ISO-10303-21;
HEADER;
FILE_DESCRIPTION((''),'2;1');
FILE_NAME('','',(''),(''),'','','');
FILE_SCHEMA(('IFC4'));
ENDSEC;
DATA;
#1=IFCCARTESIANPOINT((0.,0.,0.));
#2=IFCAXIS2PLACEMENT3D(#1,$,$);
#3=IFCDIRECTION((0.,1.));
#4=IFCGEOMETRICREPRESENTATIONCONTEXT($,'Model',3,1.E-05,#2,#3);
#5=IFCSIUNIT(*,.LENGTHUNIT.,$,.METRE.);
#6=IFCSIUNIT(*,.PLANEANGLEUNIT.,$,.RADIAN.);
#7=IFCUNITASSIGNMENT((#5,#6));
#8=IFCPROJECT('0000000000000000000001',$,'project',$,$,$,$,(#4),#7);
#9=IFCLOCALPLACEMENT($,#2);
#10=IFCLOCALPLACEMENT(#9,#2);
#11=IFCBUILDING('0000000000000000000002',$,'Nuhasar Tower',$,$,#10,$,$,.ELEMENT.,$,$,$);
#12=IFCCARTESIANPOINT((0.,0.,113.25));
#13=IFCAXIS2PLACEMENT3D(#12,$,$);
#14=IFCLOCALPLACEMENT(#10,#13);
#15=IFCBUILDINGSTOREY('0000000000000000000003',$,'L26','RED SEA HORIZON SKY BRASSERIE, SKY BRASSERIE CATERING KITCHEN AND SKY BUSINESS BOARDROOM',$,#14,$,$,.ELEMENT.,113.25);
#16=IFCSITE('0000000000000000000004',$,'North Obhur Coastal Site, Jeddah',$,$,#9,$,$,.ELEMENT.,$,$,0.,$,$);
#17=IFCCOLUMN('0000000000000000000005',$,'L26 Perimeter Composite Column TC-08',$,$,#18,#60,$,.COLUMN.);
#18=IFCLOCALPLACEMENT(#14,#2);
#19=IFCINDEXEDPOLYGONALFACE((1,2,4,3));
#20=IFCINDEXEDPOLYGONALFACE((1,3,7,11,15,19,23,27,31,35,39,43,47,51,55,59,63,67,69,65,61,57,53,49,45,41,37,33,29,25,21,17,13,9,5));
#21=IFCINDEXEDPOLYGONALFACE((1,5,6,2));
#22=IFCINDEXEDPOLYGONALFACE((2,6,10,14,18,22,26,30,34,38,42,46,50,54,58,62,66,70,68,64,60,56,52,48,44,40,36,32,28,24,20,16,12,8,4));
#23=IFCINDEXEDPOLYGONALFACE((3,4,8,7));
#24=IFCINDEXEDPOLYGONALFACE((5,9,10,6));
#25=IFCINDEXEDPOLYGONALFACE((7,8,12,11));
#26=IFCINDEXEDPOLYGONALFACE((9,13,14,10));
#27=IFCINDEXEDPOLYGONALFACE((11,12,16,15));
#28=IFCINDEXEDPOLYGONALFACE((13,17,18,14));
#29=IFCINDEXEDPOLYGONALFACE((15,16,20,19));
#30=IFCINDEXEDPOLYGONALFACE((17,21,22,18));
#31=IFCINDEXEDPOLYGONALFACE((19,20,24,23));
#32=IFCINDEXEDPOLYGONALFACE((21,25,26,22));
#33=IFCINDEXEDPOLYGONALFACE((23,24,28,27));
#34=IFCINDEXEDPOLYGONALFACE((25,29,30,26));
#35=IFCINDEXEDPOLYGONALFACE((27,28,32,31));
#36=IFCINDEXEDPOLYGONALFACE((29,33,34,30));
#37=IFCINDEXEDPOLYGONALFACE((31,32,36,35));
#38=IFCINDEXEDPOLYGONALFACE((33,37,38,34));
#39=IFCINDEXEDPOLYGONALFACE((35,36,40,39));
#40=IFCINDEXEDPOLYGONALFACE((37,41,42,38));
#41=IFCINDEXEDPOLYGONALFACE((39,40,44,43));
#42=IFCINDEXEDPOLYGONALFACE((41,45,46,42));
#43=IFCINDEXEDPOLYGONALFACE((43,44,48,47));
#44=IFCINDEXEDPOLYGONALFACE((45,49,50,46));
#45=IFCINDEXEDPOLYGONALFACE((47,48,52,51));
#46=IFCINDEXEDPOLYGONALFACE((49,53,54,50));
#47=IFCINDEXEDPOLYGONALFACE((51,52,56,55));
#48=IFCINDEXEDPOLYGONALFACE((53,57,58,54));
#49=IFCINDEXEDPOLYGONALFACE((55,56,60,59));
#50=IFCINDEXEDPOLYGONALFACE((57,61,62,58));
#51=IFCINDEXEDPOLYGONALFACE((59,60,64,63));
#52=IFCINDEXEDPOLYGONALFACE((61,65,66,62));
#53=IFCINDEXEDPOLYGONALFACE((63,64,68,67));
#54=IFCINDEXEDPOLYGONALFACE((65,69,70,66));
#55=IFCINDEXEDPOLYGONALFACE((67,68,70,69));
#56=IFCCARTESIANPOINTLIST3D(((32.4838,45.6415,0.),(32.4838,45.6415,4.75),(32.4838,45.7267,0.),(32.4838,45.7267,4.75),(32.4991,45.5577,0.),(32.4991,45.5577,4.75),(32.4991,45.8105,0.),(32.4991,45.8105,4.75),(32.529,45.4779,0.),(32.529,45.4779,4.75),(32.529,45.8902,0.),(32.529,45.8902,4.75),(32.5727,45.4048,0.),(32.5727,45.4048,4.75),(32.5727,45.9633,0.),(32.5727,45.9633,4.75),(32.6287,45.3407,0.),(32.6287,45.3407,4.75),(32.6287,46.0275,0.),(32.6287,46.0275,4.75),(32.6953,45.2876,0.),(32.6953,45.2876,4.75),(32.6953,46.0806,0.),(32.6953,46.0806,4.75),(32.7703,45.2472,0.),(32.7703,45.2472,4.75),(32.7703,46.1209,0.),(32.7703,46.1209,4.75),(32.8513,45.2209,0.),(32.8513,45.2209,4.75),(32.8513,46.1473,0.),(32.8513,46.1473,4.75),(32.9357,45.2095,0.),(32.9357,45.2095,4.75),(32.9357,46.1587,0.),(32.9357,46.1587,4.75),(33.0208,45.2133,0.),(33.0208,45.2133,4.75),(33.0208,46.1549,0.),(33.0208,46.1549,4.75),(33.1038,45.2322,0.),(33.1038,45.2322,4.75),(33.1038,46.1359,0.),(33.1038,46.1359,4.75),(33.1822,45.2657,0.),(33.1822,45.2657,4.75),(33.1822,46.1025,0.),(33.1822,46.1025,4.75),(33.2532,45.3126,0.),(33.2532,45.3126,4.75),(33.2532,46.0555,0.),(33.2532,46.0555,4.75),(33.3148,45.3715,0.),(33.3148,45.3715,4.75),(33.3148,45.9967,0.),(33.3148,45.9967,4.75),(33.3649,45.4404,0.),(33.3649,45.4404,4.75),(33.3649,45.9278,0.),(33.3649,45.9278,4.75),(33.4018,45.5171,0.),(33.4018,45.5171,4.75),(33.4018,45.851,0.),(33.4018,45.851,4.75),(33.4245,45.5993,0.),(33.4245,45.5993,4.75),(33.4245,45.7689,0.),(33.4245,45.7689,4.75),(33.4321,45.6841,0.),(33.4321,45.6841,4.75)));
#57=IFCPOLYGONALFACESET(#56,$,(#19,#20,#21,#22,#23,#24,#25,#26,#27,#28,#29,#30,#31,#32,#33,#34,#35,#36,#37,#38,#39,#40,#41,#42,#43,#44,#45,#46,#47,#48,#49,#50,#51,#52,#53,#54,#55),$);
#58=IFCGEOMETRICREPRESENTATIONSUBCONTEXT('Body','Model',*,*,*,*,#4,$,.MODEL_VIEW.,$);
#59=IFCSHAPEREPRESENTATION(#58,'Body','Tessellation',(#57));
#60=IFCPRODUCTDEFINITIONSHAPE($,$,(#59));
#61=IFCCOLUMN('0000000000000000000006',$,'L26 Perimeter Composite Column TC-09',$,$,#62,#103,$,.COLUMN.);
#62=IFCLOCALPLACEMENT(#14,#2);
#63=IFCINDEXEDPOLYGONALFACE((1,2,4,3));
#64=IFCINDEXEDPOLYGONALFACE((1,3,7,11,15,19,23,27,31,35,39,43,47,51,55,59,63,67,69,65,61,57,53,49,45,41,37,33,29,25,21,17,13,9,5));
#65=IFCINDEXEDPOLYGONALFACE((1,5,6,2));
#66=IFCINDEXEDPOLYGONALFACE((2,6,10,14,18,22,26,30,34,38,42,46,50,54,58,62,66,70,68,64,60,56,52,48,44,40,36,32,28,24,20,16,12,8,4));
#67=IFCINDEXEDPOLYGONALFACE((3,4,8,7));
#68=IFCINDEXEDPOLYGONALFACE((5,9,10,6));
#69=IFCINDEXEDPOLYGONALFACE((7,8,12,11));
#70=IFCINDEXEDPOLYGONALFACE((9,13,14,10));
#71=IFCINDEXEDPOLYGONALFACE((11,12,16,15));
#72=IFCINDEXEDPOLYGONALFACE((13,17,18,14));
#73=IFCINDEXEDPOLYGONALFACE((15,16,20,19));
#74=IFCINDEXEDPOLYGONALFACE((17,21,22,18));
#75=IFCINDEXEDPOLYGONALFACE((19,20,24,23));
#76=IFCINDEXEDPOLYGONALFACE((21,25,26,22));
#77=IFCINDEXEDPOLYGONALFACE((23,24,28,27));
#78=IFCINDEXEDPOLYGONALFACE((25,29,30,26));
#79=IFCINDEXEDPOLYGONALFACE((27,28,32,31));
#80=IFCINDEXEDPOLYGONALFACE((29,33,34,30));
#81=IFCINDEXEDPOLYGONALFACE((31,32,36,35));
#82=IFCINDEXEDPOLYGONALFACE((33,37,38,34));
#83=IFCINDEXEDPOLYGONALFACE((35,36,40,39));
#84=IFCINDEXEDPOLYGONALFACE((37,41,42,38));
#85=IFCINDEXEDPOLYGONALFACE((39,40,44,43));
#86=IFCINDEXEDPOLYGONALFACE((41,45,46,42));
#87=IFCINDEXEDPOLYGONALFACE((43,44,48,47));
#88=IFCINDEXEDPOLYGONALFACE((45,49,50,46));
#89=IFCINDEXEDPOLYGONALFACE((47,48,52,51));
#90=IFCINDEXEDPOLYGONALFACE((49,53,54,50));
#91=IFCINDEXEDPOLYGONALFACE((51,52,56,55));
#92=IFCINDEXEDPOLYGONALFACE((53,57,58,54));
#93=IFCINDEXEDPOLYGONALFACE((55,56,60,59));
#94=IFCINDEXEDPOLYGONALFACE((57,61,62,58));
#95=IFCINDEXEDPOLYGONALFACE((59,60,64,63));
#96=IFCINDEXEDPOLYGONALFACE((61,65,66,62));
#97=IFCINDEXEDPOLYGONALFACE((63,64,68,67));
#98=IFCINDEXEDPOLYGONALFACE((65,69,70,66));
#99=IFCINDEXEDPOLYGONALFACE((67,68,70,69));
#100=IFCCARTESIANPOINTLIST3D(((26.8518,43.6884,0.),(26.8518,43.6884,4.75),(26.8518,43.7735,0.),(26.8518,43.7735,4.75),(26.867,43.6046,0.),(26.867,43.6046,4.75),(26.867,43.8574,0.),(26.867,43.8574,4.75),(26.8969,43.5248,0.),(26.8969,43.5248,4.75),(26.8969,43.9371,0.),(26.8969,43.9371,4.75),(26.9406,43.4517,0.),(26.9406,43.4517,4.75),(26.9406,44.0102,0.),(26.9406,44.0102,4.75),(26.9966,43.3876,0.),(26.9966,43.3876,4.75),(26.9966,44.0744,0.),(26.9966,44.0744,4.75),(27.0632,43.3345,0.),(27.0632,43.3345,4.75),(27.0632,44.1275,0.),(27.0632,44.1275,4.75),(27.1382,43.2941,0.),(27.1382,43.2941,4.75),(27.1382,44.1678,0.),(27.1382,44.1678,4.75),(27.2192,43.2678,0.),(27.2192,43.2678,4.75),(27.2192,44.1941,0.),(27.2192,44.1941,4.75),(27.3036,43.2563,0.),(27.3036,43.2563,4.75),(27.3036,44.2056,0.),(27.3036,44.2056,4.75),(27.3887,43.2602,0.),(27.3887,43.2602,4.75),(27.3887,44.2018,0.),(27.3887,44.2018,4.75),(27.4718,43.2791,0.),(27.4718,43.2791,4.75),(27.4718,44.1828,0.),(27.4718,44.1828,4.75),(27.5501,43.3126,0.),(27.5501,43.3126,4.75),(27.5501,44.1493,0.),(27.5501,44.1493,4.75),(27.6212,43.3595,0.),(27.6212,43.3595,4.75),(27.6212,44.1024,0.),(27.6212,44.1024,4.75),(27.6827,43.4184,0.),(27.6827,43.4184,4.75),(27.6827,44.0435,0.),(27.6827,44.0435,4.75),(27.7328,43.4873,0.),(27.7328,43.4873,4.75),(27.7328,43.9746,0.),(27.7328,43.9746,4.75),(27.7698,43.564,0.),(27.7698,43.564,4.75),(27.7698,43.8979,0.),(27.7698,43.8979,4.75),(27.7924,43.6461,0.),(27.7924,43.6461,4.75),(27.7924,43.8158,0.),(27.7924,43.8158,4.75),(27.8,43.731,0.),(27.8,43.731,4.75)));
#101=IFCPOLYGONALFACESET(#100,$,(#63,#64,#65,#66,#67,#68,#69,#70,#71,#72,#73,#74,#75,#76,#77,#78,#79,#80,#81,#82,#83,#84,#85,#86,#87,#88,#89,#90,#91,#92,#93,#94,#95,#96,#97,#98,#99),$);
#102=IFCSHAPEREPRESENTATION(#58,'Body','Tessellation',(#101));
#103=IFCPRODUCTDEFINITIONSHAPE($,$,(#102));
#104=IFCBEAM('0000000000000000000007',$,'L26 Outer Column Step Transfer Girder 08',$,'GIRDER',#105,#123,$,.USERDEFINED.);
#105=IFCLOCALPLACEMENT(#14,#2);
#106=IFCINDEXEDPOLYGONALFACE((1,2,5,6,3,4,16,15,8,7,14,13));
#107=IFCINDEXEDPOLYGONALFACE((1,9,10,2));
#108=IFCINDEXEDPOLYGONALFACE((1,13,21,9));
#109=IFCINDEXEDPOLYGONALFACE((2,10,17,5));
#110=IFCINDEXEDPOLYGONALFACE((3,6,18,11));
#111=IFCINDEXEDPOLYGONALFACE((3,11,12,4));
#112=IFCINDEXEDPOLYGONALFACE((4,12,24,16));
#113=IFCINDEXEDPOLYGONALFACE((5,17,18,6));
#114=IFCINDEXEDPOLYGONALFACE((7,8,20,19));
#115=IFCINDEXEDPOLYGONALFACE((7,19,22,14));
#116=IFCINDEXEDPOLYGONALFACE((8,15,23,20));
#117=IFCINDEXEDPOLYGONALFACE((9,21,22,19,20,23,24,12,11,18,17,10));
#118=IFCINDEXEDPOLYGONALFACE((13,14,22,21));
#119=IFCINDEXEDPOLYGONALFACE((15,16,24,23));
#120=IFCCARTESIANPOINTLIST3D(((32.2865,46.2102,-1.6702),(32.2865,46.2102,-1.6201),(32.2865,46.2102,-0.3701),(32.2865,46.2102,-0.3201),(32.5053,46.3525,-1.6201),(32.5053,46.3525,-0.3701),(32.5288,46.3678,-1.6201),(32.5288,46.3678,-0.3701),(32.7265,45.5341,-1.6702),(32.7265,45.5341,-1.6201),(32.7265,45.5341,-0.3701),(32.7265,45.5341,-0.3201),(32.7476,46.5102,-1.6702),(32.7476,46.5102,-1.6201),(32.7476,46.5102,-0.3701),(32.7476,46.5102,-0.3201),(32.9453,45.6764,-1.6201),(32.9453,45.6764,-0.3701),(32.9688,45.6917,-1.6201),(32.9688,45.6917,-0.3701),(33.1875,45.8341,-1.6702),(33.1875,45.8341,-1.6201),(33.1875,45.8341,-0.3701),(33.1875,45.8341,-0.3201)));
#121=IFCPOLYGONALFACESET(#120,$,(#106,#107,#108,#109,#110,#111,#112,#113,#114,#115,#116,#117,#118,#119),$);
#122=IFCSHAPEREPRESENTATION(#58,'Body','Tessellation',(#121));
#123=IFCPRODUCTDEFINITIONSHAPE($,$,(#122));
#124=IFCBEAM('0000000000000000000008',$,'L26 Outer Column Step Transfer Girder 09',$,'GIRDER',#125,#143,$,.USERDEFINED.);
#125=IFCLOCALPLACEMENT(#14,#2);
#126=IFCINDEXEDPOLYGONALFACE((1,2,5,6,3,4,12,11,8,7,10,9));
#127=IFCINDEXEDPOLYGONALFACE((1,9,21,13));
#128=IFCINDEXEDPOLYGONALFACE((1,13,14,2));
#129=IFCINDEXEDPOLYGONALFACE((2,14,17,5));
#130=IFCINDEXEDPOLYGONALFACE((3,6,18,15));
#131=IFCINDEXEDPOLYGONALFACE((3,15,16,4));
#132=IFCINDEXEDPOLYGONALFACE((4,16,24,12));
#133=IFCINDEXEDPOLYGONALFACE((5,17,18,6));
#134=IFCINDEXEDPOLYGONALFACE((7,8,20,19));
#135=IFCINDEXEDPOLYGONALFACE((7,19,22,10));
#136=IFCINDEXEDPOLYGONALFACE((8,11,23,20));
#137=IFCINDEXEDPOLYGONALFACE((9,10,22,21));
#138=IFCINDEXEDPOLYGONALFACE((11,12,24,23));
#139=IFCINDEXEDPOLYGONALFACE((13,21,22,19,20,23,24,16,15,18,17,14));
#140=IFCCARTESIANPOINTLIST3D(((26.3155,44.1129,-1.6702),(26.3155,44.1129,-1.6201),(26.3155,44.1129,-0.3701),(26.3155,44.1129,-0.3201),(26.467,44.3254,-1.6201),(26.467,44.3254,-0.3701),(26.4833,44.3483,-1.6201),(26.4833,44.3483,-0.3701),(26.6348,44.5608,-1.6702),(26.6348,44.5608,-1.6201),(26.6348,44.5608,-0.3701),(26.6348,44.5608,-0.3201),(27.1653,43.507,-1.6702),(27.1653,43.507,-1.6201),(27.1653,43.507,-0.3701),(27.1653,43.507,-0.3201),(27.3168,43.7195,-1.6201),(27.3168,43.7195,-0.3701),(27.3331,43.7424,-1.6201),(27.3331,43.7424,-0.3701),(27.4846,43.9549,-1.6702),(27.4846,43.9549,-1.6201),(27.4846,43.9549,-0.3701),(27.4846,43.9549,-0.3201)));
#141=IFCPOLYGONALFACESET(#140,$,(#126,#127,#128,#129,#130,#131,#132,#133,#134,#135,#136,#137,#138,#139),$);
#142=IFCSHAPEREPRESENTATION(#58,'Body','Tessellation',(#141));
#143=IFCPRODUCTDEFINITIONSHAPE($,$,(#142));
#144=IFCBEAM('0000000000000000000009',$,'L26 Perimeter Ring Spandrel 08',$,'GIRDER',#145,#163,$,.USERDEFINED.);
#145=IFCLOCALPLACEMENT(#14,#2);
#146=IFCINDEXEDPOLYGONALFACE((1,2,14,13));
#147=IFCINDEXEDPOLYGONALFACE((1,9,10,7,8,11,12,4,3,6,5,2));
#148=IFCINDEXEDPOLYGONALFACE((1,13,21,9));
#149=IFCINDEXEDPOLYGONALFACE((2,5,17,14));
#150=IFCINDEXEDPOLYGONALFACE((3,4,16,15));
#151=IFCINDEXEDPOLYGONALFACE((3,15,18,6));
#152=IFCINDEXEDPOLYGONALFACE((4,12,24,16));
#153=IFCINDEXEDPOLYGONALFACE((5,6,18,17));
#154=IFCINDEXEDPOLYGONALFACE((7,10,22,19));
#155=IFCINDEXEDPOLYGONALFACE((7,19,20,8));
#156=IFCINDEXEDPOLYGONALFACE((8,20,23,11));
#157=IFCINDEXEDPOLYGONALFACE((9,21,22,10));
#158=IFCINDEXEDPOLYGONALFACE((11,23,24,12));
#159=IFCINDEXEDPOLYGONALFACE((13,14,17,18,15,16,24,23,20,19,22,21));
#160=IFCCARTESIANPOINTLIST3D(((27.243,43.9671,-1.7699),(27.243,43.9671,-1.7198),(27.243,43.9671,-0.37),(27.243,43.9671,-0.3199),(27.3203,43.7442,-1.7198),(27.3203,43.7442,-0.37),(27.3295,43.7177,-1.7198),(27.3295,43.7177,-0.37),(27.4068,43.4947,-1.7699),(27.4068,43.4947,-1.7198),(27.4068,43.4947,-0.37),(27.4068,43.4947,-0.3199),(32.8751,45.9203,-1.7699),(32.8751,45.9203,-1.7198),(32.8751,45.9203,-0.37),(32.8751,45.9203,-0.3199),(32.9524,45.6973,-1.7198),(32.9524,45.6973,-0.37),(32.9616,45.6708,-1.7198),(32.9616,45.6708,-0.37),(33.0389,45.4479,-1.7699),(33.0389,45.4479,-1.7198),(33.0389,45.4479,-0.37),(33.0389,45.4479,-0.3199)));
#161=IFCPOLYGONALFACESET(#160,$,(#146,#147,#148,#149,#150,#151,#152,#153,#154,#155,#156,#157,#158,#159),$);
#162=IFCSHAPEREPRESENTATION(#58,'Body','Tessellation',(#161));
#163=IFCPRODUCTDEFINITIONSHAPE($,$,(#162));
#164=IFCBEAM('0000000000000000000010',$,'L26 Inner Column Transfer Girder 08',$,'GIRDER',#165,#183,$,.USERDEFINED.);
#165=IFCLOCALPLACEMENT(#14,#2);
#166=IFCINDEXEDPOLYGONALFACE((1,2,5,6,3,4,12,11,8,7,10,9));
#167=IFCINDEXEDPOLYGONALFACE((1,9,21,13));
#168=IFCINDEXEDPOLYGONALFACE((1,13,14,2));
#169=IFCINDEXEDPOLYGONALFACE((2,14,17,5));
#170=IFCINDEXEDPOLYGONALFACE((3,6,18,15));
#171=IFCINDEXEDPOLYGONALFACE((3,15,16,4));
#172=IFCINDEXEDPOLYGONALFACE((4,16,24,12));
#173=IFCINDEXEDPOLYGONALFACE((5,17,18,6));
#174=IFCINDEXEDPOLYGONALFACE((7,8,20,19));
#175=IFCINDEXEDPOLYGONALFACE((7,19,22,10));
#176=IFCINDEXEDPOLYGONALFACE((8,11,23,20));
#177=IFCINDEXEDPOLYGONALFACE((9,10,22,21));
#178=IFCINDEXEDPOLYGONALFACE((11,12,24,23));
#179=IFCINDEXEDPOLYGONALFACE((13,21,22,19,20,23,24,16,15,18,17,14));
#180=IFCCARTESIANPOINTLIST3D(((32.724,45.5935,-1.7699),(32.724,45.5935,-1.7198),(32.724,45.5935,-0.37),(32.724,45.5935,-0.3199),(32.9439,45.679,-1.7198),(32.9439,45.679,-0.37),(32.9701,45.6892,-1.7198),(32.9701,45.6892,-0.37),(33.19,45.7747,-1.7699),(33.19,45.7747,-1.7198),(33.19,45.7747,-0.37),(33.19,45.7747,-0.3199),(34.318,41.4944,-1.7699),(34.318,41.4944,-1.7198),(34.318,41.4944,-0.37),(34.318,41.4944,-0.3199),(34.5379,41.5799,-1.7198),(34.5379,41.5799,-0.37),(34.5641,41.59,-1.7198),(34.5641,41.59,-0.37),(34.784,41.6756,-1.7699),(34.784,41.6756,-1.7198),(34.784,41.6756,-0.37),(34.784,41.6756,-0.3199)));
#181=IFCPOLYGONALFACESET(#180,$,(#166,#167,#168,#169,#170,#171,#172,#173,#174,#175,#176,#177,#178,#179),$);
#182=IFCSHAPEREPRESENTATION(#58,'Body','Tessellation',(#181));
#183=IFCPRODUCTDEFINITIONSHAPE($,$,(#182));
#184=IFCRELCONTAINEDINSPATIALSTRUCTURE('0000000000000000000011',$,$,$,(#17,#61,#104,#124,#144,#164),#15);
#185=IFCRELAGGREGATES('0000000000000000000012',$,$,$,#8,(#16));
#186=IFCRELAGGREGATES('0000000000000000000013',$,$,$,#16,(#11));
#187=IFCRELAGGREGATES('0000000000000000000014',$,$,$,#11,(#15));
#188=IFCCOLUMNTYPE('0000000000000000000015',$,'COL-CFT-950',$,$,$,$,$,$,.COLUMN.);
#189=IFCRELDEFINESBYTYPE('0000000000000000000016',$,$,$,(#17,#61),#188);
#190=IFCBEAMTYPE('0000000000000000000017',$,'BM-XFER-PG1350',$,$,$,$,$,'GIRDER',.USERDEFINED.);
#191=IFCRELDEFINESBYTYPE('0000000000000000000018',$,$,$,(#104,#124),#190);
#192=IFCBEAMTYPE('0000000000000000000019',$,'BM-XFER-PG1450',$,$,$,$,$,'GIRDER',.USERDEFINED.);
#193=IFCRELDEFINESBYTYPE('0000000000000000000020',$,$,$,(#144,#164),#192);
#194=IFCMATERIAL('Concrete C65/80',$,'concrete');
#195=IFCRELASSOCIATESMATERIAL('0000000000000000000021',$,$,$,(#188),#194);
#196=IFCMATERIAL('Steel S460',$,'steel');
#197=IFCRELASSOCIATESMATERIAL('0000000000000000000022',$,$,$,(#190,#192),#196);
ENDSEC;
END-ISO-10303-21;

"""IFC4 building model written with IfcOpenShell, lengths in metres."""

from ifc_helpers import new_model, si_unit, direction, frame, origin, origin_2d, place, context, subcontext, project, spatial, circle, i_section, extrude, material, material_profile, profile_set, type_object, element, save


model = new_model("IFC4")

# Units and contexts
model_context = context("Model", 3, precision=1e-05, world=origin(), true_north=direction((0.0, 1.0)))
body_context = subcontext(model_context, "Body", "Model", "MODEL_VIEW")
ifc_project = project(units=[si_unit("LENGTHUNIT", "METRE"), si_unit("PLANEANGLEUNIT", "RADIAN")], contexts=[model_context])

# Site, building, storey
site_placement = place(None, origin())
site = spatial("IfcSite", under=ifc_project, at=site_placement, Name="North Obhur Coastal Site, Jeddah", CompositionType="ELEMENT", RefElevation=0.0)
building_placement = place(site_placement, origin())
building = spatial("IfcBuilding", under=site, at=building_placement, Name="Nuhasar Tower", CompositionType="ELEMENT")
storey_placement = place(building_placement, frame((0.0, 0.0, 113.25)))
storey = spatial("IfcBuildingStorey", under=building, at=storey_placement, Name="L26", Description="RED SEA HORIZON SKY BRASSERIE, SKY BRASSERIE CATERING KITCHEN AND SKY BUSINESS BOARDROOM", CompositionType="ELEMENT", Elevation=113.25)

# Columns
ifc_material_1 = material(Name="Concrete C65/80", Category="concrete")
ifc_material_profile_1 = material_profile(ifc_material_1, circle(Radius=0.4751, at=origin_2d()), Name="CFT950")
ifc_profile_set_1 = profile_set([ifc_material_profile_1], Name="Concrete C65/80")
column_type = type_object("IfcColumnType", Name="COL-CFT-950", PredefinedType="COLUMN", material=ifc_profile_set_1)
for number, where, z_axis, x_axis, name in (
    (1, (32.957, 45.6841, 0.0), (0.0, 0.0, 1.0), (1.0, 0.0, 0.0), "L26 Perimeter Composite Column TC-08"),
    (2, (27.325, 43.731, 0.0), (0.0, 0.0, 1.0), (1.0, 0.0, 0.0), "L26 Perimeter Composite Column TC-09"),
):
    element("IfcColumn", number, at=place(storey_placement, frame(where, z_axis=z_axis, x_axis=x_axis)), inside=storey, type_object=column_type, Name=name, PredefinedType="COLUMN", context=body_context, shape_type="SweptSolid", body=[
        extrude(circle(Radius=0.4751, at=origin_2d()), origin(), (0.0, 0.0, 1.0), 4.75),
    ])

# Beams
ifc_material_2 = material(Name="Steel S460", Category="steel")
ifc_material_profile_2 = material_profile(ifc_material_2, i_section(OverallWidth=0.55, OverallDepth=1.3501, WebThickness=0.0281, FlangeThickness=0.05, at=origin_2d()), Name="PG1350X550")
ifc_profile_set_2 = profile_set([ifc_material_profile_2], Name="Steel S460")
beam_type_1 = type_object("IfcBeamType", Name="BM-XFER-PG1350", ElementType="GIRDER", PredefinedType="USERDEFINED", material=ifc_profile_set_2)
beam_1_placement = place(storey_placement, frame((32.957, 45.6841, -0.9951), z_axis=(-0.545446, 0.838146, 0.0), x_axis=(-0.838146, -0.545446, 0.0)))
element("IfcBeam", 3, at=beam_1_placement, inside=storey, type_object=beam_type_1, Name="L26 Outer Column Step Transfer Girder 08", ObjectType="GIRDER", PredefinedType="USERDEFINED", context=body_context, shape_type="SweptSolid", body=[
    extrude(i_section(OverallWidth=0.55, OverallDepth=1.3501, WebThickness=0.0281, FlangeThickness=0.05, at=origin_2d()), origin(), (0.0, 0.0, 1.0), 0.8066),
])
beam_2_placement = place(storey_placement, frame((27.325, 43.731, -0.9951), z_axis=(-0.814223, 0.580552, 0.0), x_axis=(-0.580552, -0.814223, 0.0)))
element("IfcBeam", 4, at=beam_2_placement, inside=storey, type_object=beam_type_1, Name="L26 Outer Column Step Transfer Girder 09", ObjectType="GIRDER", PredefinedType="USERDEFINED", context=body_context, shape_type="SweptSolid", body=[
    extrude(i_section(OverallWidth=0.55, OverallDepth=1.3501, WebThickness=0.0281, FlangeThickness=0.05, at=origin_2d()), origin(), (0.0, 0.0, 1.0), 1.0437),
])
ifc_material_profile_3 = material_profile(ifc_material_2, i_section(OverallWidth=0.5, OverallDepth=1.45, WebThickness=0.0281, FlangeThickness=0.05, at=origin_2d()), Name="PG1450X500")
ifc_profile_set_3 = profile_set([ifc_material_profile_3], Name="Steel S460")
beam_type_2 = type_object("IfcBeamType", Name="BM-XFER-PG1450", ElementType="GIRDER", PredefinedType="USERDEFINED", material=ifc_profile_set_3)
beam_3_placement = place(storey_placement, frame((32.957, 45.6841, -1.0449), z_axis=(-0.944801, -0.327644, 0.0), x_axis=(0.327644, -0.944801, 0.0)))
element("IfcBeam", 5, at=beam_3_placement, inside=storey, type_object=beam_type_2, Name="L26 Perimeter Ring Spandrel 08", ObjectType="GIRDER", PredefinedType="USERDEFINED", context=body_context, shape_type="SweptSolid", body=[
    extrude(i_section(OverallWidth=0.5, OverallDepth=1.45, WebThickness=0.0281, FlangeThickness=0.05, at=origin_2d()), origin(), (0.0, 0.0, 1.0), 5.9612),
])
beam_4_placement = place(storey_placement, frame((34.551, 41.585, -1.0449), z_axis=(-0.362425, 0.932013, 0.0), x_axis=(-0.932013, -0.362425, 0.0)))
element("IfcBeam", 6, at=beam_4_placement, inside=storey, type_object=beam_type_2, Name="L26 Inner Column Transfer Girder 08", ObjectType="GIRDER", PredefinedType="USERDEFINED", context=body_context, shape_type="SweptSolid", body=[
    extrude(i_section(OverallWidth=0.5, OverallDepth=1.45, WebThickness=0.0281, FlangeThickness=0.05, at=origin_2d()), origin(), (0.0, 0.0, 1.0), 4.3982),
])

save(model, "model.ifc")
